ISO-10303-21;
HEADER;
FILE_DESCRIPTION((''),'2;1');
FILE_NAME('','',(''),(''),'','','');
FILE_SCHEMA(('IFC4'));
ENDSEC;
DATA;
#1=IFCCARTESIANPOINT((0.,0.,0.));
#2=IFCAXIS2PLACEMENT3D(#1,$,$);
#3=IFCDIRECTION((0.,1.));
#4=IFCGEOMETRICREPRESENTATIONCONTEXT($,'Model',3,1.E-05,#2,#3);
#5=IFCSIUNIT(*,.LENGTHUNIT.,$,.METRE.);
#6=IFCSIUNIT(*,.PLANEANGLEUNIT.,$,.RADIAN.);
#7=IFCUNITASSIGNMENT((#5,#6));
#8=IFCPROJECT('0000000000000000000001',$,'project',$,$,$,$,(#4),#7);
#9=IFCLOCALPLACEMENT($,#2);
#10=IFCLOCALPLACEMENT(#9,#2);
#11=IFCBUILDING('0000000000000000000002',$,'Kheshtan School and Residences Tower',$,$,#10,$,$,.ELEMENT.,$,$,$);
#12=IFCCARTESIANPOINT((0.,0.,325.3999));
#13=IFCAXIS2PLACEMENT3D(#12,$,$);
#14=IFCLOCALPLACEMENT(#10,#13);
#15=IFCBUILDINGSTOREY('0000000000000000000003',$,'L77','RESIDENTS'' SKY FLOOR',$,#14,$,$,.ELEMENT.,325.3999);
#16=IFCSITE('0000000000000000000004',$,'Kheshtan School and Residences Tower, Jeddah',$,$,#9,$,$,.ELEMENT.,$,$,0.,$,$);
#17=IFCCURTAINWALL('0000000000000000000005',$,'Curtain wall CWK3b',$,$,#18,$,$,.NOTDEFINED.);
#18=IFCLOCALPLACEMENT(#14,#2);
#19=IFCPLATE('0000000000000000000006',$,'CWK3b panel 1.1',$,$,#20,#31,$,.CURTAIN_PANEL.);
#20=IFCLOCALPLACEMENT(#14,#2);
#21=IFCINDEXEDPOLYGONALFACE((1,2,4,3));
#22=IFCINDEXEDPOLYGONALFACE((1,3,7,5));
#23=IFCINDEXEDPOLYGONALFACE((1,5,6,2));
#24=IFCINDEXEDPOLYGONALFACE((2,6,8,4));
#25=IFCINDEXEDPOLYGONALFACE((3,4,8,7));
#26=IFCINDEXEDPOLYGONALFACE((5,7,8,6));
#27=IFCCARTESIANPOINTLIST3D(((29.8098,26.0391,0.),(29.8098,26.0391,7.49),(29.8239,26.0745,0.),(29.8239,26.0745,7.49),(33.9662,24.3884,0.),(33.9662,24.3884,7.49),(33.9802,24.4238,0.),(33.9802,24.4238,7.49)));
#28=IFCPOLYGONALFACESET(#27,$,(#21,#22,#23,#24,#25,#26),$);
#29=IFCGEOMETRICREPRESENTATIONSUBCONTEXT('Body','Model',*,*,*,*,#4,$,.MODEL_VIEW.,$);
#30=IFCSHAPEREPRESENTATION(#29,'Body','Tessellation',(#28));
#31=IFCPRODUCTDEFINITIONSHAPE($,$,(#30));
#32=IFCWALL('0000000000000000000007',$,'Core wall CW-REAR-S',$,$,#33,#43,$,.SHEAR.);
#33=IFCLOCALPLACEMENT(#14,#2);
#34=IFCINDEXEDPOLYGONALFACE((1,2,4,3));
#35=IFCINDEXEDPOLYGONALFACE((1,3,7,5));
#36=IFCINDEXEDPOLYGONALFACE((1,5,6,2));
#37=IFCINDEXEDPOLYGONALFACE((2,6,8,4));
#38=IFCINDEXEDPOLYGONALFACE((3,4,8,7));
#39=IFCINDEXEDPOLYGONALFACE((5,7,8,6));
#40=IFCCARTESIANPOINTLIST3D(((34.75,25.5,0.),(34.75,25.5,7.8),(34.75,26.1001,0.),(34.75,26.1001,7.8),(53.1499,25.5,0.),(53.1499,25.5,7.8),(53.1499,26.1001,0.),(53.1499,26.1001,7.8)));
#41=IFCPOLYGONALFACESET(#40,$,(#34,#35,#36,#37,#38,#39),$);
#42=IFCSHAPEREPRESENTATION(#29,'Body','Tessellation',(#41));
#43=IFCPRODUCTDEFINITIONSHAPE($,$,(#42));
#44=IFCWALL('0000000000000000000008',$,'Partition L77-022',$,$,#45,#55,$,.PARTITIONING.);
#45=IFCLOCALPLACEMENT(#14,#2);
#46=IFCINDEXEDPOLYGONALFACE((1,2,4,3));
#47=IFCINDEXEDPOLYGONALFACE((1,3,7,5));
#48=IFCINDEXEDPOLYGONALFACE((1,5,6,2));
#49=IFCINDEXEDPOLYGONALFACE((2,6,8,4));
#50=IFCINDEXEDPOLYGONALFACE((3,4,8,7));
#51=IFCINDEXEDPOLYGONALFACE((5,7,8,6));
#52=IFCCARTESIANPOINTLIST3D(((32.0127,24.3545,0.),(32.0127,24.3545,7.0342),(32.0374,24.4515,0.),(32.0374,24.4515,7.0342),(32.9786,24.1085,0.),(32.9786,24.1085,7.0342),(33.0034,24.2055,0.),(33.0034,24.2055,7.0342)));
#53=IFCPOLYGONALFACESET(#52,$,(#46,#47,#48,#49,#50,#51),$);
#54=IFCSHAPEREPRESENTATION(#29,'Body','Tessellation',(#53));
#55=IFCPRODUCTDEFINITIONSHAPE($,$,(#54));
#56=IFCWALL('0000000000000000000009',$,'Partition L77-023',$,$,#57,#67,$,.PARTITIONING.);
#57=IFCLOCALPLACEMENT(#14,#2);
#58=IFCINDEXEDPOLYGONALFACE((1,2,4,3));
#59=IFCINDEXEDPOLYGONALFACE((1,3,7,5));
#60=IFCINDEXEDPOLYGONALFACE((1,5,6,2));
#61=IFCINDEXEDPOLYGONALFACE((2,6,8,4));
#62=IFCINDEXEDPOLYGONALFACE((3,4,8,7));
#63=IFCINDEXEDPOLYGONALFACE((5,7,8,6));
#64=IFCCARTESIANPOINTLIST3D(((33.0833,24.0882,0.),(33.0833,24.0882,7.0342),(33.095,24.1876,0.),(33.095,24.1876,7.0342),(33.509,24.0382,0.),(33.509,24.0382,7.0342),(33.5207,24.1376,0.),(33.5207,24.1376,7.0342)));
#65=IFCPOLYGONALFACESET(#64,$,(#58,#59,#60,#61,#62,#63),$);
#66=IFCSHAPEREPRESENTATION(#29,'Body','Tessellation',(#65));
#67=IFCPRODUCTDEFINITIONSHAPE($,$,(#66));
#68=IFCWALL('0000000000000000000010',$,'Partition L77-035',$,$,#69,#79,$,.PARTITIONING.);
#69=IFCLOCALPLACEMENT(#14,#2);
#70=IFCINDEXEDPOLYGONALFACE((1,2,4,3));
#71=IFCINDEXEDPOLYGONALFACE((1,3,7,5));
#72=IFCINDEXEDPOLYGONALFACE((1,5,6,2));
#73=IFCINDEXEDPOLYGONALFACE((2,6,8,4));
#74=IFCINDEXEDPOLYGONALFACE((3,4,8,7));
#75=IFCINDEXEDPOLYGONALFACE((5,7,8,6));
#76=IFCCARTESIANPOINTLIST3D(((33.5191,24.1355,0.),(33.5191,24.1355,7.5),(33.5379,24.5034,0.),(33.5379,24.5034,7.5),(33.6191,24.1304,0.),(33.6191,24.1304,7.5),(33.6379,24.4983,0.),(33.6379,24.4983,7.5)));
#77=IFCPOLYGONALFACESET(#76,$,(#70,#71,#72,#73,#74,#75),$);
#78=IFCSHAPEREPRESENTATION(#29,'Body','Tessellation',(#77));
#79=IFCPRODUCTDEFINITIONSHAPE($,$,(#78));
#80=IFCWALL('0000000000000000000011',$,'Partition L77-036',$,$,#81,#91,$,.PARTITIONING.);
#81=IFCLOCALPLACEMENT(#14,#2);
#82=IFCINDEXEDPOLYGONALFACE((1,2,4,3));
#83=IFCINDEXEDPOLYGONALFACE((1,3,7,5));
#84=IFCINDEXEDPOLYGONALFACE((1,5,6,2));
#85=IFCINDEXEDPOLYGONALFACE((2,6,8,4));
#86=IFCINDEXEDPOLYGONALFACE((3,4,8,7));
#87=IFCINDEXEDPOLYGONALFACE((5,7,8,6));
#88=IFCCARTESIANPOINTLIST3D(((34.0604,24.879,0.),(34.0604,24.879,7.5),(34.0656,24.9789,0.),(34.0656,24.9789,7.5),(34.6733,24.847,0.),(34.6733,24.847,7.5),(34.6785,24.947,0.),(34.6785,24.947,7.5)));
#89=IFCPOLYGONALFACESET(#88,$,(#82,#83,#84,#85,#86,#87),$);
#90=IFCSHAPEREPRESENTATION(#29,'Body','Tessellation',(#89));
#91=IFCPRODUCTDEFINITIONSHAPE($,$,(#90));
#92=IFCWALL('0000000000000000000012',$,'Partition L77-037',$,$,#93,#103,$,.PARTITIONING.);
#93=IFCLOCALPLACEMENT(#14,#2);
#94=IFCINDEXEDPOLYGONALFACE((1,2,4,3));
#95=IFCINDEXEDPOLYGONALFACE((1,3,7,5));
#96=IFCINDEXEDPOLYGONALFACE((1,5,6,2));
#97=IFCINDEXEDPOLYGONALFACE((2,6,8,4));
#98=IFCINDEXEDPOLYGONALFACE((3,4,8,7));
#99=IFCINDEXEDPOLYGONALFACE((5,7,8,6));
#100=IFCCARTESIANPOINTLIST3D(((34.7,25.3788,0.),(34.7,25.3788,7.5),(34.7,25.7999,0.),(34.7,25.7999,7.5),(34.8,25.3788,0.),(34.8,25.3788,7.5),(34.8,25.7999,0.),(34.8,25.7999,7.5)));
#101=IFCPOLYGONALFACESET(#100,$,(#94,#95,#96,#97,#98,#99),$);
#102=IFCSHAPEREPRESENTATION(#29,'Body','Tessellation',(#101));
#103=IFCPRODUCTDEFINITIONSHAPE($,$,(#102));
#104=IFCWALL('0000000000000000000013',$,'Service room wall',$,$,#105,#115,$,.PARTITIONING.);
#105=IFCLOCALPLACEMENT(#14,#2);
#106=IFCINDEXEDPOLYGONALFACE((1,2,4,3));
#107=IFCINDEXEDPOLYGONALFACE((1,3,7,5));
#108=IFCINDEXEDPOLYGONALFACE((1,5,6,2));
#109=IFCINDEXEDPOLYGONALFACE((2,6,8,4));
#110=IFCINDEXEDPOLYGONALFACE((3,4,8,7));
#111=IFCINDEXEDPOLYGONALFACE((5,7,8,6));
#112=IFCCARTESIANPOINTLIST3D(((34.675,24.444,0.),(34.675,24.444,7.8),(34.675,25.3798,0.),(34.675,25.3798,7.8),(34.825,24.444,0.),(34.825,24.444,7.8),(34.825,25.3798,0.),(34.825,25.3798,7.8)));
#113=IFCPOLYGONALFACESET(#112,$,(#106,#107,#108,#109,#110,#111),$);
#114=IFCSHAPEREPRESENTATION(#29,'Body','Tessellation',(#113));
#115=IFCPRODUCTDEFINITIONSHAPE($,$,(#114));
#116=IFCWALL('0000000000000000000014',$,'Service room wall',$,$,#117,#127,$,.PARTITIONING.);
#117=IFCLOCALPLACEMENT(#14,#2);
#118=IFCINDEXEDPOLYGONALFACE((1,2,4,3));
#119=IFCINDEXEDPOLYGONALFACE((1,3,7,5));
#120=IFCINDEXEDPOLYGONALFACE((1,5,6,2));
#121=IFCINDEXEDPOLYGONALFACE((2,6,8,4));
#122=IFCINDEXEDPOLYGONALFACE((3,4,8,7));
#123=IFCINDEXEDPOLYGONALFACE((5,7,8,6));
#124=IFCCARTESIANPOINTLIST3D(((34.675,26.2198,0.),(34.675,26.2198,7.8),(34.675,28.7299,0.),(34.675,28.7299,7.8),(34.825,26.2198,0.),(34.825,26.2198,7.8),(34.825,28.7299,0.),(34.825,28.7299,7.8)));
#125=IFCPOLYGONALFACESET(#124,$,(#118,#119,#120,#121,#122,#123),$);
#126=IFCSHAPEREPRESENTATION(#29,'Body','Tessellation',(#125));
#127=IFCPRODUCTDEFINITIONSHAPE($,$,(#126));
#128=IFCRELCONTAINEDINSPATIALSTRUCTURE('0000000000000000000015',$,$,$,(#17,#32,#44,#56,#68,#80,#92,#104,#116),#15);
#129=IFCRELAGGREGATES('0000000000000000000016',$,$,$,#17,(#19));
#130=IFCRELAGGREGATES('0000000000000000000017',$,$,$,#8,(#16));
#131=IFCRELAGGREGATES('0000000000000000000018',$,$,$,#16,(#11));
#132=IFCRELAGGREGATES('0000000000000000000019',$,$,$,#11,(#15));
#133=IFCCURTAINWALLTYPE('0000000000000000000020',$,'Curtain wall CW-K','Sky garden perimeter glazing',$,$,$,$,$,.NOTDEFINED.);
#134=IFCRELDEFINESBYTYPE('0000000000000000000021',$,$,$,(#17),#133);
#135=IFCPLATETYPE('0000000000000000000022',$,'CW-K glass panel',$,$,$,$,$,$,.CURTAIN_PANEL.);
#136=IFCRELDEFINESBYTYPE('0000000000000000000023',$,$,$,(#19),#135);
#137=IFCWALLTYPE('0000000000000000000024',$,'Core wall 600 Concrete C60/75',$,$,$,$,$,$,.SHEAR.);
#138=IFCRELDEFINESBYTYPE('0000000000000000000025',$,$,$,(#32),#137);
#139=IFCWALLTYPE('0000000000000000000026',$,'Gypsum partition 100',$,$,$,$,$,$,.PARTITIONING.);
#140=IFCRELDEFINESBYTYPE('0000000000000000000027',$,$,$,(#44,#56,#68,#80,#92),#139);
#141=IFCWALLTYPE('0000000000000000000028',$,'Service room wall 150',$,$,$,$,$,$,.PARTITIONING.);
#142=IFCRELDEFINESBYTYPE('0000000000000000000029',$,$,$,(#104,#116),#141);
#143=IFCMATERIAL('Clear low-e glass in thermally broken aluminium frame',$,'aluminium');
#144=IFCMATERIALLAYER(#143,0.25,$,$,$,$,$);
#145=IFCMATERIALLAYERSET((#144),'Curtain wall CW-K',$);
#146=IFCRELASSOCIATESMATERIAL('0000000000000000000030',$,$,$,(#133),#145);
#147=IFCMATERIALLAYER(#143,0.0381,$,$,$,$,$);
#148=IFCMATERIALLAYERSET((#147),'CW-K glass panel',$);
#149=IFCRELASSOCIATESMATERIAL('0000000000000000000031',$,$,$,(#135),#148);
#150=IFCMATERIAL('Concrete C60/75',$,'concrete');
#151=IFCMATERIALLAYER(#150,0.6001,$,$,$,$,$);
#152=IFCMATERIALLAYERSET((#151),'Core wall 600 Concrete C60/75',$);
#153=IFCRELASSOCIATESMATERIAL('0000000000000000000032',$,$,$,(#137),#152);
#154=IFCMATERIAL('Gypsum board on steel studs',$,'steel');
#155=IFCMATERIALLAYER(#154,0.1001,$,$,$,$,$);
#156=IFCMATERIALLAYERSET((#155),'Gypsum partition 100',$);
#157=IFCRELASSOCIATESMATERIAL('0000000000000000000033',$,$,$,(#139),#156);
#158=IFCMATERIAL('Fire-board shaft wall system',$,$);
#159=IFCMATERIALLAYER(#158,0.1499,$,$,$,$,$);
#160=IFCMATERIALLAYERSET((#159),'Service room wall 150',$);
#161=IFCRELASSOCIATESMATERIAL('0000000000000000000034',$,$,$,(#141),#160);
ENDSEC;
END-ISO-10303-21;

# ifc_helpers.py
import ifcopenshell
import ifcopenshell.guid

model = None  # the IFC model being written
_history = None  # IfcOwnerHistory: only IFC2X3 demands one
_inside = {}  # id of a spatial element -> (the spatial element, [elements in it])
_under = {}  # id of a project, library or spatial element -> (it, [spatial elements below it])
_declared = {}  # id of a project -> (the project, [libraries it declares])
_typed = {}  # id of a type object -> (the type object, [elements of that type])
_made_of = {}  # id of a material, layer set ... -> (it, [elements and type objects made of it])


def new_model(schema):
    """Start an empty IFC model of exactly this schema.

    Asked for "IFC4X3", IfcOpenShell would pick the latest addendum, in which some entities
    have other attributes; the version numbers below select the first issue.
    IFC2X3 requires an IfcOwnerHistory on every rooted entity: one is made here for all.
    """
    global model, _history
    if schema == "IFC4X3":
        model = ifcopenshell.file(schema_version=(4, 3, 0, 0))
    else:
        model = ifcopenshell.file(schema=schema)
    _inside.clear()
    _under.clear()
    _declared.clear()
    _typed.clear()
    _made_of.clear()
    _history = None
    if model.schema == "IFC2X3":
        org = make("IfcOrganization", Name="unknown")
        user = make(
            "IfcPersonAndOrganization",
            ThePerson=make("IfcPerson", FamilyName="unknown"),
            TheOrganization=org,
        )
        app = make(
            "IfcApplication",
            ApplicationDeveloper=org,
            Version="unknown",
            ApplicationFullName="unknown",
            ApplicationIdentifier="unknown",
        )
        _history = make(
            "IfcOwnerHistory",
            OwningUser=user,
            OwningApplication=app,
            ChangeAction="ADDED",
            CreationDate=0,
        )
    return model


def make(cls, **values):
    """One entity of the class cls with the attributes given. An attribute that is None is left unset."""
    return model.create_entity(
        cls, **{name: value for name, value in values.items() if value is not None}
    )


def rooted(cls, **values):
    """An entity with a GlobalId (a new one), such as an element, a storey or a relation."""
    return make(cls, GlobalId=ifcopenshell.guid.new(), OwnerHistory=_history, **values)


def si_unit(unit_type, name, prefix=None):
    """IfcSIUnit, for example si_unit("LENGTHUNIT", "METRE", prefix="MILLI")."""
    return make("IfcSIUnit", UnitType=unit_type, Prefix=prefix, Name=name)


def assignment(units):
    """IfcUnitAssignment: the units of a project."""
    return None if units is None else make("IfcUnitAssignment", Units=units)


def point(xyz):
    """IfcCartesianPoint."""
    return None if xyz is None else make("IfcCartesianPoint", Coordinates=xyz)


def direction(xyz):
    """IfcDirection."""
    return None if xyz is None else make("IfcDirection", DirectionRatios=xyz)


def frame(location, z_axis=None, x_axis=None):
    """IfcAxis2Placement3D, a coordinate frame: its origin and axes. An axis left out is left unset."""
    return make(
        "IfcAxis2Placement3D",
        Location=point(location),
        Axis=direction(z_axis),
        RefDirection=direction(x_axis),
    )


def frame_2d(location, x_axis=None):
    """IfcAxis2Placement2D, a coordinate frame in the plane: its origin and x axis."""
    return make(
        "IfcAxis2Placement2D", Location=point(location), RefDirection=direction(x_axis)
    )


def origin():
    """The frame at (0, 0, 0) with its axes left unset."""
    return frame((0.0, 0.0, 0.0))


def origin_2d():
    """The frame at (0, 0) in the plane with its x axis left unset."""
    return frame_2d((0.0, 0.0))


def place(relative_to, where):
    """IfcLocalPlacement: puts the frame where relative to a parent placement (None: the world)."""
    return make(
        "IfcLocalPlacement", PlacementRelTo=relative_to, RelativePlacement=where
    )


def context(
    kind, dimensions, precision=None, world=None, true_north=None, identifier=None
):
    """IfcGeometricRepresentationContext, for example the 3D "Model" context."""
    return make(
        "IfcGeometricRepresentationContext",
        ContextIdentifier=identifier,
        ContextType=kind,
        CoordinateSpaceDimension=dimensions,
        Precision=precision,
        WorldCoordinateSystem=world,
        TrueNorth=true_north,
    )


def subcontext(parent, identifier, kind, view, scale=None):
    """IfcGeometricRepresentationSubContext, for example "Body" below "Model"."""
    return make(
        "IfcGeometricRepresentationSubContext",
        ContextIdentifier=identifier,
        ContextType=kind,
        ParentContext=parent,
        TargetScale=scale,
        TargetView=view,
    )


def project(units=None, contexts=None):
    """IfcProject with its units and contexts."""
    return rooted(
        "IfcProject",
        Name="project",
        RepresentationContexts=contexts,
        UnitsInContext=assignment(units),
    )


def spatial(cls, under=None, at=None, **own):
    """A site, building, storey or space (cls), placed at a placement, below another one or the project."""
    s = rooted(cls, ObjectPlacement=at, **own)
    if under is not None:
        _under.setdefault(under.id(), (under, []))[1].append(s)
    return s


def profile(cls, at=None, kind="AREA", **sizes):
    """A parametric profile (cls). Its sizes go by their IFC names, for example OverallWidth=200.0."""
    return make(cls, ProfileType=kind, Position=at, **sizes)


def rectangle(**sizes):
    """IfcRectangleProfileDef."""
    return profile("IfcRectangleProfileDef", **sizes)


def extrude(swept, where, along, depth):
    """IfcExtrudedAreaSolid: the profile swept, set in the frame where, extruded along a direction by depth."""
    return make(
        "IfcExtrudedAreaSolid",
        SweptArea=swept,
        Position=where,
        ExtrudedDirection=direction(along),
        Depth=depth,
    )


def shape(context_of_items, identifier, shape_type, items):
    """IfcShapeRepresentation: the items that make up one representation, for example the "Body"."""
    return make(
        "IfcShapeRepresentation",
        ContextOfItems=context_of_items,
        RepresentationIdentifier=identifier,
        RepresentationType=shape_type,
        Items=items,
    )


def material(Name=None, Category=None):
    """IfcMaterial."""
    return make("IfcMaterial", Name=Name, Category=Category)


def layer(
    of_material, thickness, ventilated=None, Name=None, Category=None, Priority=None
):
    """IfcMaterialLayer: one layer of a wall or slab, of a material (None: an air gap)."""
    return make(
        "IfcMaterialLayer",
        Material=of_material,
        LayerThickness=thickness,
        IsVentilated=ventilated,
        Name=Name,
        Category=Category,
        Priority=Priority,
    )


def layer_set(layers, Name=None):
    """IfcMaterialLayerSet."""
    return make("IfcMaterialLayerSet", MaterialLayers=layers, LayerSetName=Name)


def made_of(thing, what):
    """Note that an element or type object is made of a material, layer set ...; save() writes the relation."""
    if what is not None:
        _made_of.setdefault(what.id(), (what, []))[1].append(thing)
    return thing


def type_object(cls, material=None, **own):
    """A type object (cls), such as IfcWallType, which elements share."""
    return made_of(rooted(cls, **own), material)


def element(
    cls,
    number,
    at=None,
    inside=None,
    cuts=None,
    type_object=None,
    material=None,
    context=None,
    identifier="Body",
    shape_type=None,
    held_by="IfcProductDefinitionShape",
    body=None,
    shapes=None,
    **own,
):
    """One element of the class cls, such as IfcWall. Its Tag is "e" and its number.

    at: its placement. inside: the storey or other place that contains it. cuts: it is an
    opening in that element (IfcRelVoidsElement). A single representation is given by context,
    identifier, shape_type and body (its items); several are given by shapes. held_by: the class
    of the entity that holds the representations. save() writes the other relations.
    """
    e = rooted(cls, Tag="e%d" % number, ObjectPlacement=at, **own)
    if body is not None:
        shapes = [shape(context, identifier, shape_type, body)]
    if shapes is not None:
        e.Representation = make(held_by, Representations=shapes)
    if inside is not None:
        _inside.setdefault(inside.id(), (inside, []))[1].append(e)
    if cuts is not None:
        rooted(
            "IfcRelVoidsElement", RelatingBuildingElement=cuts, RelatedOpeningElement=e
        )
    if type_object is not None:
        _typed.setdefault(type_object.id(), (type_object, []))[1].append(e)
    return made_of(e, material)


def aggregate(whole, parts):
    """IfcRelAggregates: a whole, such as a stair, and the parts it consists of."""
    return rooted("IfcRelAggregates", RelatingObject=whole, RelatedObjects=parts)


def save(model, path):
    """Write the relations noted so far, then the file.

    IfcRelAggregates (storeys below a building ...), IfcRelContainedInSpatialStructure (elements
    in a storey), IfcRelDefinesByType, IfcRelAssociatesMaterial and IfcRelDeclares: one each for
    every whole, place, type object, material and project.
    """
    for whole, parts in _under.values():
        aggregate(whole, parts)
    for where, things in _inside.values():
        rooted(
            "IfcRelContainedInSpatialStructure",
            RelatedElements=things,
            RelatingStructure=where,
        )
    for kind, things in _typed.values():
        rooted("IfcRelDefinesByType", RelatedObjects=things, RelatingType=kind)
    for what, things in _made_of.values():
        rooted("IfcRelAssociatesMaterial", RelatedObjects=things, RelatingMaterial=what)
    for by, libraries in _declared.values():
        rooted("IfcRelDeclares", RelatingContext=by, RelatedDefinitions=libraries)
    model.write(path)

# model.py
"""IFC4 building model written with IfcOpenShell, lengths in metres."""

from ifc_helpers import new_model, si_unit, direction, frame, frame_2d, origin, origin_2d, place, context, subcontext, project, spatial, rectangle, extrude, material, layer, layer_set, type_object, element, aggregate, save


model = new_model("IFC4")

# Units and contexts
model_context = context("Model", 3, precision=1e-05, world=origin(), true_north=direction((0.0, 1.0)))
body_context = subcontext(model_context, "Body", "Model", "MODEL_VIEW")
ifc_project = project(units=[si_unit("LENGTHUNIT", "METRE"), si_unit("PLANEANGLEUNIT", "RADIAN")], contexts=[model_context])

# Site, building, storey
site_placement = place(None, origin())
site = spatial("IfcSite", under=ifc_project, at=site_placement, Name="Kheshtan School and Residences Tower, Jeddah", CompositionType="ELEMENT", RefElevation=0.0)
building_placement = place(site_placement, origin())
building = spatial("IfcBuilding", under=site, at=building_placement, Name="Kheshtan School and Residences Tower", CompositionType="ELEMENT")
storey_placement = place(building_placement, frame((0.0, 0.0, 325.3999)))
storey = spatial("IfcBuildingStorey", under=building, at=storey_placement, Name="L77", Description="RESIDENTS' SKY FLOOR", CompositionType="ELEMENT", Elevation=325.3999)

# Curtain wall
ifc_material_1 = material(Name="Clear low-e glass in thermally broken aluminium frame", Category="aluminium")
ifc_layer_1 = layer(ifc_material_1, 0.25)
ifc_layer_set_1 = layer_set([ifc_layer_1], Name="Curtain wall CW-K")
curtain_wall_type = type_object("IfcCurtainWallType", Name="Curtain wall CW-K", Description="Sky garden perimeter glazing", PredefinedType="NOTDEFINED", material=ifc_layer_set_1)
curtain_wall_1_placement = place(storey_placement, origin())
curtain_wall_1 = element("IfcCurtainWall", 1, at=curtain_wall_1_placement, inside=storey, type_object=curtain_wall_type, Name="Curtain wall CWK3b", PredefinedType="NOTDEFINED")

# Plate
ifc_layer_2 = layer(ifc_material_1, 0.0381)
ifc_layer_set_2 = layer_set([ifc_layer_2], Name="CW-K glass panel")
plate_type = type_object("IfcPlateType", Name="CW-K glass panel", PredefinedType="CURTAIN_PANEL", material=ifc_layer_set_2)
plate_1_placement = place(storey_placement, frame((31.895, 25.2314, 0.0), z_axis=(0.0, 0.0, 1.0), x_axis=(-0.92939, 0.369099, 0.0)))
plate_1 = element("IfcPlate", 2, at=plate_1_placement, type_object=plate_type, Name="CWK3b panel 1.1", PredefinedType="CURTAIN_PANEL", context=body_context, shape_type="SweptSolid", body=[
    extrude(rectangle(XDim=4.4722, YDim=0.0381, at=origin_2d()), origin(), (0.0, 0.0, 1.0), 7.49),
])
aggregate(curtain_wall_1, [plate_1])

# Walls
ifc_material_2 = material(Name="Concrete C60/75", Category="concrete")
ifc_layer_3 = layer(ifc_material_2, 0.6001)
ifc_layer_set_3 = layer_set([ifc_layer_3], Name="Core wall 600 Concrete C60/75")
wall_type_1 = type_object("IfcWallType", Name="Core wall 600 Concrete C60/75", PredefinedType="SHEAR", material=ifc_layer_set_3)
wall_1_placement = place(storey_placement, frame((34.75, 25.8, 0.0), z_axis=(0.0, 0.0, 1.0), x_axis=(1.0, 0.0, 0.0)))
element("IfcWall", 3, at=wall_1_placement, inside=storey, type_object=wall_type_1, Name="Core wall CW-REAR-S", PredefinedType="SHEAR", context=body_context, shape_type="SweptSolid", body=[
    extrude(rectangle(XDim=18.3999, YDim=0.6001, at=frame_2d((9.2, 0.0))), origin(), (0.0, 0.0, 1.0), 7.8),
])
ifc_material_3 = material(Name="Gypsum board on steel studs", Category="steel")
ifc_layer_4 = layer(ifc_material_3, 0.1001)
ifc_layer_set_4 = layer_set([ifc_layer_4], Name="Gypsum partition 100")
wall_type_2 = type_object("IfcWallType", Name="Gypsum partition 100", PredefinedType="PARTITIONING", material=ifc_layer_set_4)
wall_2_placement = place(storey_placement, frame((32.0249, 24.4031, 0.0), z_axis=(0.0, 0.0, 1.0), x_axis=(0.969052, -0.246855, 0.0)))
element("IfcWall", 4, at=wall_2_placement, inside=storey, type_object=wall_type_2, Name="Partition L77-022", PredefinedType="PARTITIONING", context=body_context, shape_type="SweptSolid", body=[
    extrude(rectangle(XDim=0.9968, YDim=0.1001, at=frame_2d((0.4985, 0.0))), origin(), (0.0, 0.0, 1.0), 7.0342),
])
wall_3_placement = place(storey_placement, frame((33.0891, 24.1379, 0.0), z_axis=(0.0, 0.0, 1.0), x_axis=(0.993162, -0.116742, 0.0)))
element("IfcWall", 5, at=wall_3_placement, inside=storey, type_object=wall_type_2, Name="Partition L77-023", PredefinedType="PARTITIONING", context=body_context, shape_type="SweptSolid", body=[
    extrude(rectangle(XDim=0.4287, YDim=0.1001, at=frame_2d((0.2144, 0.0))), origin(), (0.0, 0.0, 1.0), 7.0342),
])
wall_4_placement = place(storey_placement, frame((33.5691, 24.1331, 0.0), z_axis=(0.0, 0.0, 1.0), x_axis=(0.051028, 0.998697, 0.0)))
element("IfcWall", 6, at=wall_4_placement, inside=storey, type_object=wall_type_2, Name="Partition L77-035", PredefinedType="PARTITIONING", context=body_context, shape_type="SweptSolid", body=[
    extrude(rectangle(XDim=0.3684, YDim=0.1001, at=frame_2d((0.1841, 0.0))), origin(), (0.0, 0.0, 1.0), 7.5),
])
wall_5_placement = place(storey_placement, frame((34.063, 24.929, 0.0), z_axis=(0.0, 0.0, 1.0), x_axis=(0.998642, -0.0521, 0.0)))
element("IfcWall", 7, at=wall_5_placement, inside=storey, type_object=wall_type_2, Name="Partition L77-036", PredefinedType="PARTITIONING", context=body_context, shape_type="SweptSolid", body=[
    extrude(rectangle(XDim=0.6138, YDim=0.1001, at=frame_2d((0.3069, 0.0))), origin(), (0.0, 0.0, 1.0), 7.5),
])
wall_6_placement = place(storey_placement, frame((34.75, 25.3789, 0.0), z_axis=(0.0, 0.0, 1.0), x_axis=(0.0, 1.0, 0.0)))
element("IfcWall", 8, at=wall_6_placement, inside=storey, type_object=wall_type_2, Name="Partition L77-037", PredefinedType="PARTITIONING", context=body_context, shape_type="SweptSolid", body=[
    extrude(rectangle(XDim=0.4211, YDim=0.1001, at=frame_2d((0.2104, 0.0))), origin(), (0.0, 0.0, 1.0), 7.5),
])
ifc_material_4 = material(Name="Fire-board shaft wall system")
ifc_layer_5 = layer(ifc_material_4, 0.1499)
ifc_layer_set_5 = layer_set([ifc_layer_5], Name="Service room wall 150")
wall_type_3 = type_object("IfcWallType", Name="Service room wall 150", PredefinedType="PARTITIONING", material=ifc_layer_set_5)
wall_7_placement = place(storey_placement, frame((34.75, 24.4441, 0.0), z_axis=(0.0, 0.0, 1.0), x_axis=(0.0, 1.0, 0.0)))
element("IfcWall", 9, at=wall_7_placement, inside=storey, type_object=wall_type_3, Name="Service room wall", PredefinedType="PARTITIONING", context=body_context, shape_type="SweptSolid", body=[
    extrude(rectangle(XDim=0.9358, YDim=0.1499, at=frame_2d((0.4678, 0.0))), origin(), (0.0, 0.0, 1.0), 7.8),
])
wall_8_placement = place(storey_placement, frame((34.75, 26.22, 0.0), z_axis=(0.0, 0.0, 1.0), x_axis=(0.0, 1.0, 0.0)))
element("IfcWall", 10, at=wall_8_placement, inside=storey, type_object=wall_type_3, Name="Service room wall", PredefinedType="PARTITIONING", context=body_context, shape_type="SweptSolid", body=[
    extrude(rectangle(XDim=2.51, YDim=0.1499, at=frame_2d((1.2549, 0.0))), origin(), (0.0, 0.0, 1.0), 7.8),
])

save(model, "model.ifc")
